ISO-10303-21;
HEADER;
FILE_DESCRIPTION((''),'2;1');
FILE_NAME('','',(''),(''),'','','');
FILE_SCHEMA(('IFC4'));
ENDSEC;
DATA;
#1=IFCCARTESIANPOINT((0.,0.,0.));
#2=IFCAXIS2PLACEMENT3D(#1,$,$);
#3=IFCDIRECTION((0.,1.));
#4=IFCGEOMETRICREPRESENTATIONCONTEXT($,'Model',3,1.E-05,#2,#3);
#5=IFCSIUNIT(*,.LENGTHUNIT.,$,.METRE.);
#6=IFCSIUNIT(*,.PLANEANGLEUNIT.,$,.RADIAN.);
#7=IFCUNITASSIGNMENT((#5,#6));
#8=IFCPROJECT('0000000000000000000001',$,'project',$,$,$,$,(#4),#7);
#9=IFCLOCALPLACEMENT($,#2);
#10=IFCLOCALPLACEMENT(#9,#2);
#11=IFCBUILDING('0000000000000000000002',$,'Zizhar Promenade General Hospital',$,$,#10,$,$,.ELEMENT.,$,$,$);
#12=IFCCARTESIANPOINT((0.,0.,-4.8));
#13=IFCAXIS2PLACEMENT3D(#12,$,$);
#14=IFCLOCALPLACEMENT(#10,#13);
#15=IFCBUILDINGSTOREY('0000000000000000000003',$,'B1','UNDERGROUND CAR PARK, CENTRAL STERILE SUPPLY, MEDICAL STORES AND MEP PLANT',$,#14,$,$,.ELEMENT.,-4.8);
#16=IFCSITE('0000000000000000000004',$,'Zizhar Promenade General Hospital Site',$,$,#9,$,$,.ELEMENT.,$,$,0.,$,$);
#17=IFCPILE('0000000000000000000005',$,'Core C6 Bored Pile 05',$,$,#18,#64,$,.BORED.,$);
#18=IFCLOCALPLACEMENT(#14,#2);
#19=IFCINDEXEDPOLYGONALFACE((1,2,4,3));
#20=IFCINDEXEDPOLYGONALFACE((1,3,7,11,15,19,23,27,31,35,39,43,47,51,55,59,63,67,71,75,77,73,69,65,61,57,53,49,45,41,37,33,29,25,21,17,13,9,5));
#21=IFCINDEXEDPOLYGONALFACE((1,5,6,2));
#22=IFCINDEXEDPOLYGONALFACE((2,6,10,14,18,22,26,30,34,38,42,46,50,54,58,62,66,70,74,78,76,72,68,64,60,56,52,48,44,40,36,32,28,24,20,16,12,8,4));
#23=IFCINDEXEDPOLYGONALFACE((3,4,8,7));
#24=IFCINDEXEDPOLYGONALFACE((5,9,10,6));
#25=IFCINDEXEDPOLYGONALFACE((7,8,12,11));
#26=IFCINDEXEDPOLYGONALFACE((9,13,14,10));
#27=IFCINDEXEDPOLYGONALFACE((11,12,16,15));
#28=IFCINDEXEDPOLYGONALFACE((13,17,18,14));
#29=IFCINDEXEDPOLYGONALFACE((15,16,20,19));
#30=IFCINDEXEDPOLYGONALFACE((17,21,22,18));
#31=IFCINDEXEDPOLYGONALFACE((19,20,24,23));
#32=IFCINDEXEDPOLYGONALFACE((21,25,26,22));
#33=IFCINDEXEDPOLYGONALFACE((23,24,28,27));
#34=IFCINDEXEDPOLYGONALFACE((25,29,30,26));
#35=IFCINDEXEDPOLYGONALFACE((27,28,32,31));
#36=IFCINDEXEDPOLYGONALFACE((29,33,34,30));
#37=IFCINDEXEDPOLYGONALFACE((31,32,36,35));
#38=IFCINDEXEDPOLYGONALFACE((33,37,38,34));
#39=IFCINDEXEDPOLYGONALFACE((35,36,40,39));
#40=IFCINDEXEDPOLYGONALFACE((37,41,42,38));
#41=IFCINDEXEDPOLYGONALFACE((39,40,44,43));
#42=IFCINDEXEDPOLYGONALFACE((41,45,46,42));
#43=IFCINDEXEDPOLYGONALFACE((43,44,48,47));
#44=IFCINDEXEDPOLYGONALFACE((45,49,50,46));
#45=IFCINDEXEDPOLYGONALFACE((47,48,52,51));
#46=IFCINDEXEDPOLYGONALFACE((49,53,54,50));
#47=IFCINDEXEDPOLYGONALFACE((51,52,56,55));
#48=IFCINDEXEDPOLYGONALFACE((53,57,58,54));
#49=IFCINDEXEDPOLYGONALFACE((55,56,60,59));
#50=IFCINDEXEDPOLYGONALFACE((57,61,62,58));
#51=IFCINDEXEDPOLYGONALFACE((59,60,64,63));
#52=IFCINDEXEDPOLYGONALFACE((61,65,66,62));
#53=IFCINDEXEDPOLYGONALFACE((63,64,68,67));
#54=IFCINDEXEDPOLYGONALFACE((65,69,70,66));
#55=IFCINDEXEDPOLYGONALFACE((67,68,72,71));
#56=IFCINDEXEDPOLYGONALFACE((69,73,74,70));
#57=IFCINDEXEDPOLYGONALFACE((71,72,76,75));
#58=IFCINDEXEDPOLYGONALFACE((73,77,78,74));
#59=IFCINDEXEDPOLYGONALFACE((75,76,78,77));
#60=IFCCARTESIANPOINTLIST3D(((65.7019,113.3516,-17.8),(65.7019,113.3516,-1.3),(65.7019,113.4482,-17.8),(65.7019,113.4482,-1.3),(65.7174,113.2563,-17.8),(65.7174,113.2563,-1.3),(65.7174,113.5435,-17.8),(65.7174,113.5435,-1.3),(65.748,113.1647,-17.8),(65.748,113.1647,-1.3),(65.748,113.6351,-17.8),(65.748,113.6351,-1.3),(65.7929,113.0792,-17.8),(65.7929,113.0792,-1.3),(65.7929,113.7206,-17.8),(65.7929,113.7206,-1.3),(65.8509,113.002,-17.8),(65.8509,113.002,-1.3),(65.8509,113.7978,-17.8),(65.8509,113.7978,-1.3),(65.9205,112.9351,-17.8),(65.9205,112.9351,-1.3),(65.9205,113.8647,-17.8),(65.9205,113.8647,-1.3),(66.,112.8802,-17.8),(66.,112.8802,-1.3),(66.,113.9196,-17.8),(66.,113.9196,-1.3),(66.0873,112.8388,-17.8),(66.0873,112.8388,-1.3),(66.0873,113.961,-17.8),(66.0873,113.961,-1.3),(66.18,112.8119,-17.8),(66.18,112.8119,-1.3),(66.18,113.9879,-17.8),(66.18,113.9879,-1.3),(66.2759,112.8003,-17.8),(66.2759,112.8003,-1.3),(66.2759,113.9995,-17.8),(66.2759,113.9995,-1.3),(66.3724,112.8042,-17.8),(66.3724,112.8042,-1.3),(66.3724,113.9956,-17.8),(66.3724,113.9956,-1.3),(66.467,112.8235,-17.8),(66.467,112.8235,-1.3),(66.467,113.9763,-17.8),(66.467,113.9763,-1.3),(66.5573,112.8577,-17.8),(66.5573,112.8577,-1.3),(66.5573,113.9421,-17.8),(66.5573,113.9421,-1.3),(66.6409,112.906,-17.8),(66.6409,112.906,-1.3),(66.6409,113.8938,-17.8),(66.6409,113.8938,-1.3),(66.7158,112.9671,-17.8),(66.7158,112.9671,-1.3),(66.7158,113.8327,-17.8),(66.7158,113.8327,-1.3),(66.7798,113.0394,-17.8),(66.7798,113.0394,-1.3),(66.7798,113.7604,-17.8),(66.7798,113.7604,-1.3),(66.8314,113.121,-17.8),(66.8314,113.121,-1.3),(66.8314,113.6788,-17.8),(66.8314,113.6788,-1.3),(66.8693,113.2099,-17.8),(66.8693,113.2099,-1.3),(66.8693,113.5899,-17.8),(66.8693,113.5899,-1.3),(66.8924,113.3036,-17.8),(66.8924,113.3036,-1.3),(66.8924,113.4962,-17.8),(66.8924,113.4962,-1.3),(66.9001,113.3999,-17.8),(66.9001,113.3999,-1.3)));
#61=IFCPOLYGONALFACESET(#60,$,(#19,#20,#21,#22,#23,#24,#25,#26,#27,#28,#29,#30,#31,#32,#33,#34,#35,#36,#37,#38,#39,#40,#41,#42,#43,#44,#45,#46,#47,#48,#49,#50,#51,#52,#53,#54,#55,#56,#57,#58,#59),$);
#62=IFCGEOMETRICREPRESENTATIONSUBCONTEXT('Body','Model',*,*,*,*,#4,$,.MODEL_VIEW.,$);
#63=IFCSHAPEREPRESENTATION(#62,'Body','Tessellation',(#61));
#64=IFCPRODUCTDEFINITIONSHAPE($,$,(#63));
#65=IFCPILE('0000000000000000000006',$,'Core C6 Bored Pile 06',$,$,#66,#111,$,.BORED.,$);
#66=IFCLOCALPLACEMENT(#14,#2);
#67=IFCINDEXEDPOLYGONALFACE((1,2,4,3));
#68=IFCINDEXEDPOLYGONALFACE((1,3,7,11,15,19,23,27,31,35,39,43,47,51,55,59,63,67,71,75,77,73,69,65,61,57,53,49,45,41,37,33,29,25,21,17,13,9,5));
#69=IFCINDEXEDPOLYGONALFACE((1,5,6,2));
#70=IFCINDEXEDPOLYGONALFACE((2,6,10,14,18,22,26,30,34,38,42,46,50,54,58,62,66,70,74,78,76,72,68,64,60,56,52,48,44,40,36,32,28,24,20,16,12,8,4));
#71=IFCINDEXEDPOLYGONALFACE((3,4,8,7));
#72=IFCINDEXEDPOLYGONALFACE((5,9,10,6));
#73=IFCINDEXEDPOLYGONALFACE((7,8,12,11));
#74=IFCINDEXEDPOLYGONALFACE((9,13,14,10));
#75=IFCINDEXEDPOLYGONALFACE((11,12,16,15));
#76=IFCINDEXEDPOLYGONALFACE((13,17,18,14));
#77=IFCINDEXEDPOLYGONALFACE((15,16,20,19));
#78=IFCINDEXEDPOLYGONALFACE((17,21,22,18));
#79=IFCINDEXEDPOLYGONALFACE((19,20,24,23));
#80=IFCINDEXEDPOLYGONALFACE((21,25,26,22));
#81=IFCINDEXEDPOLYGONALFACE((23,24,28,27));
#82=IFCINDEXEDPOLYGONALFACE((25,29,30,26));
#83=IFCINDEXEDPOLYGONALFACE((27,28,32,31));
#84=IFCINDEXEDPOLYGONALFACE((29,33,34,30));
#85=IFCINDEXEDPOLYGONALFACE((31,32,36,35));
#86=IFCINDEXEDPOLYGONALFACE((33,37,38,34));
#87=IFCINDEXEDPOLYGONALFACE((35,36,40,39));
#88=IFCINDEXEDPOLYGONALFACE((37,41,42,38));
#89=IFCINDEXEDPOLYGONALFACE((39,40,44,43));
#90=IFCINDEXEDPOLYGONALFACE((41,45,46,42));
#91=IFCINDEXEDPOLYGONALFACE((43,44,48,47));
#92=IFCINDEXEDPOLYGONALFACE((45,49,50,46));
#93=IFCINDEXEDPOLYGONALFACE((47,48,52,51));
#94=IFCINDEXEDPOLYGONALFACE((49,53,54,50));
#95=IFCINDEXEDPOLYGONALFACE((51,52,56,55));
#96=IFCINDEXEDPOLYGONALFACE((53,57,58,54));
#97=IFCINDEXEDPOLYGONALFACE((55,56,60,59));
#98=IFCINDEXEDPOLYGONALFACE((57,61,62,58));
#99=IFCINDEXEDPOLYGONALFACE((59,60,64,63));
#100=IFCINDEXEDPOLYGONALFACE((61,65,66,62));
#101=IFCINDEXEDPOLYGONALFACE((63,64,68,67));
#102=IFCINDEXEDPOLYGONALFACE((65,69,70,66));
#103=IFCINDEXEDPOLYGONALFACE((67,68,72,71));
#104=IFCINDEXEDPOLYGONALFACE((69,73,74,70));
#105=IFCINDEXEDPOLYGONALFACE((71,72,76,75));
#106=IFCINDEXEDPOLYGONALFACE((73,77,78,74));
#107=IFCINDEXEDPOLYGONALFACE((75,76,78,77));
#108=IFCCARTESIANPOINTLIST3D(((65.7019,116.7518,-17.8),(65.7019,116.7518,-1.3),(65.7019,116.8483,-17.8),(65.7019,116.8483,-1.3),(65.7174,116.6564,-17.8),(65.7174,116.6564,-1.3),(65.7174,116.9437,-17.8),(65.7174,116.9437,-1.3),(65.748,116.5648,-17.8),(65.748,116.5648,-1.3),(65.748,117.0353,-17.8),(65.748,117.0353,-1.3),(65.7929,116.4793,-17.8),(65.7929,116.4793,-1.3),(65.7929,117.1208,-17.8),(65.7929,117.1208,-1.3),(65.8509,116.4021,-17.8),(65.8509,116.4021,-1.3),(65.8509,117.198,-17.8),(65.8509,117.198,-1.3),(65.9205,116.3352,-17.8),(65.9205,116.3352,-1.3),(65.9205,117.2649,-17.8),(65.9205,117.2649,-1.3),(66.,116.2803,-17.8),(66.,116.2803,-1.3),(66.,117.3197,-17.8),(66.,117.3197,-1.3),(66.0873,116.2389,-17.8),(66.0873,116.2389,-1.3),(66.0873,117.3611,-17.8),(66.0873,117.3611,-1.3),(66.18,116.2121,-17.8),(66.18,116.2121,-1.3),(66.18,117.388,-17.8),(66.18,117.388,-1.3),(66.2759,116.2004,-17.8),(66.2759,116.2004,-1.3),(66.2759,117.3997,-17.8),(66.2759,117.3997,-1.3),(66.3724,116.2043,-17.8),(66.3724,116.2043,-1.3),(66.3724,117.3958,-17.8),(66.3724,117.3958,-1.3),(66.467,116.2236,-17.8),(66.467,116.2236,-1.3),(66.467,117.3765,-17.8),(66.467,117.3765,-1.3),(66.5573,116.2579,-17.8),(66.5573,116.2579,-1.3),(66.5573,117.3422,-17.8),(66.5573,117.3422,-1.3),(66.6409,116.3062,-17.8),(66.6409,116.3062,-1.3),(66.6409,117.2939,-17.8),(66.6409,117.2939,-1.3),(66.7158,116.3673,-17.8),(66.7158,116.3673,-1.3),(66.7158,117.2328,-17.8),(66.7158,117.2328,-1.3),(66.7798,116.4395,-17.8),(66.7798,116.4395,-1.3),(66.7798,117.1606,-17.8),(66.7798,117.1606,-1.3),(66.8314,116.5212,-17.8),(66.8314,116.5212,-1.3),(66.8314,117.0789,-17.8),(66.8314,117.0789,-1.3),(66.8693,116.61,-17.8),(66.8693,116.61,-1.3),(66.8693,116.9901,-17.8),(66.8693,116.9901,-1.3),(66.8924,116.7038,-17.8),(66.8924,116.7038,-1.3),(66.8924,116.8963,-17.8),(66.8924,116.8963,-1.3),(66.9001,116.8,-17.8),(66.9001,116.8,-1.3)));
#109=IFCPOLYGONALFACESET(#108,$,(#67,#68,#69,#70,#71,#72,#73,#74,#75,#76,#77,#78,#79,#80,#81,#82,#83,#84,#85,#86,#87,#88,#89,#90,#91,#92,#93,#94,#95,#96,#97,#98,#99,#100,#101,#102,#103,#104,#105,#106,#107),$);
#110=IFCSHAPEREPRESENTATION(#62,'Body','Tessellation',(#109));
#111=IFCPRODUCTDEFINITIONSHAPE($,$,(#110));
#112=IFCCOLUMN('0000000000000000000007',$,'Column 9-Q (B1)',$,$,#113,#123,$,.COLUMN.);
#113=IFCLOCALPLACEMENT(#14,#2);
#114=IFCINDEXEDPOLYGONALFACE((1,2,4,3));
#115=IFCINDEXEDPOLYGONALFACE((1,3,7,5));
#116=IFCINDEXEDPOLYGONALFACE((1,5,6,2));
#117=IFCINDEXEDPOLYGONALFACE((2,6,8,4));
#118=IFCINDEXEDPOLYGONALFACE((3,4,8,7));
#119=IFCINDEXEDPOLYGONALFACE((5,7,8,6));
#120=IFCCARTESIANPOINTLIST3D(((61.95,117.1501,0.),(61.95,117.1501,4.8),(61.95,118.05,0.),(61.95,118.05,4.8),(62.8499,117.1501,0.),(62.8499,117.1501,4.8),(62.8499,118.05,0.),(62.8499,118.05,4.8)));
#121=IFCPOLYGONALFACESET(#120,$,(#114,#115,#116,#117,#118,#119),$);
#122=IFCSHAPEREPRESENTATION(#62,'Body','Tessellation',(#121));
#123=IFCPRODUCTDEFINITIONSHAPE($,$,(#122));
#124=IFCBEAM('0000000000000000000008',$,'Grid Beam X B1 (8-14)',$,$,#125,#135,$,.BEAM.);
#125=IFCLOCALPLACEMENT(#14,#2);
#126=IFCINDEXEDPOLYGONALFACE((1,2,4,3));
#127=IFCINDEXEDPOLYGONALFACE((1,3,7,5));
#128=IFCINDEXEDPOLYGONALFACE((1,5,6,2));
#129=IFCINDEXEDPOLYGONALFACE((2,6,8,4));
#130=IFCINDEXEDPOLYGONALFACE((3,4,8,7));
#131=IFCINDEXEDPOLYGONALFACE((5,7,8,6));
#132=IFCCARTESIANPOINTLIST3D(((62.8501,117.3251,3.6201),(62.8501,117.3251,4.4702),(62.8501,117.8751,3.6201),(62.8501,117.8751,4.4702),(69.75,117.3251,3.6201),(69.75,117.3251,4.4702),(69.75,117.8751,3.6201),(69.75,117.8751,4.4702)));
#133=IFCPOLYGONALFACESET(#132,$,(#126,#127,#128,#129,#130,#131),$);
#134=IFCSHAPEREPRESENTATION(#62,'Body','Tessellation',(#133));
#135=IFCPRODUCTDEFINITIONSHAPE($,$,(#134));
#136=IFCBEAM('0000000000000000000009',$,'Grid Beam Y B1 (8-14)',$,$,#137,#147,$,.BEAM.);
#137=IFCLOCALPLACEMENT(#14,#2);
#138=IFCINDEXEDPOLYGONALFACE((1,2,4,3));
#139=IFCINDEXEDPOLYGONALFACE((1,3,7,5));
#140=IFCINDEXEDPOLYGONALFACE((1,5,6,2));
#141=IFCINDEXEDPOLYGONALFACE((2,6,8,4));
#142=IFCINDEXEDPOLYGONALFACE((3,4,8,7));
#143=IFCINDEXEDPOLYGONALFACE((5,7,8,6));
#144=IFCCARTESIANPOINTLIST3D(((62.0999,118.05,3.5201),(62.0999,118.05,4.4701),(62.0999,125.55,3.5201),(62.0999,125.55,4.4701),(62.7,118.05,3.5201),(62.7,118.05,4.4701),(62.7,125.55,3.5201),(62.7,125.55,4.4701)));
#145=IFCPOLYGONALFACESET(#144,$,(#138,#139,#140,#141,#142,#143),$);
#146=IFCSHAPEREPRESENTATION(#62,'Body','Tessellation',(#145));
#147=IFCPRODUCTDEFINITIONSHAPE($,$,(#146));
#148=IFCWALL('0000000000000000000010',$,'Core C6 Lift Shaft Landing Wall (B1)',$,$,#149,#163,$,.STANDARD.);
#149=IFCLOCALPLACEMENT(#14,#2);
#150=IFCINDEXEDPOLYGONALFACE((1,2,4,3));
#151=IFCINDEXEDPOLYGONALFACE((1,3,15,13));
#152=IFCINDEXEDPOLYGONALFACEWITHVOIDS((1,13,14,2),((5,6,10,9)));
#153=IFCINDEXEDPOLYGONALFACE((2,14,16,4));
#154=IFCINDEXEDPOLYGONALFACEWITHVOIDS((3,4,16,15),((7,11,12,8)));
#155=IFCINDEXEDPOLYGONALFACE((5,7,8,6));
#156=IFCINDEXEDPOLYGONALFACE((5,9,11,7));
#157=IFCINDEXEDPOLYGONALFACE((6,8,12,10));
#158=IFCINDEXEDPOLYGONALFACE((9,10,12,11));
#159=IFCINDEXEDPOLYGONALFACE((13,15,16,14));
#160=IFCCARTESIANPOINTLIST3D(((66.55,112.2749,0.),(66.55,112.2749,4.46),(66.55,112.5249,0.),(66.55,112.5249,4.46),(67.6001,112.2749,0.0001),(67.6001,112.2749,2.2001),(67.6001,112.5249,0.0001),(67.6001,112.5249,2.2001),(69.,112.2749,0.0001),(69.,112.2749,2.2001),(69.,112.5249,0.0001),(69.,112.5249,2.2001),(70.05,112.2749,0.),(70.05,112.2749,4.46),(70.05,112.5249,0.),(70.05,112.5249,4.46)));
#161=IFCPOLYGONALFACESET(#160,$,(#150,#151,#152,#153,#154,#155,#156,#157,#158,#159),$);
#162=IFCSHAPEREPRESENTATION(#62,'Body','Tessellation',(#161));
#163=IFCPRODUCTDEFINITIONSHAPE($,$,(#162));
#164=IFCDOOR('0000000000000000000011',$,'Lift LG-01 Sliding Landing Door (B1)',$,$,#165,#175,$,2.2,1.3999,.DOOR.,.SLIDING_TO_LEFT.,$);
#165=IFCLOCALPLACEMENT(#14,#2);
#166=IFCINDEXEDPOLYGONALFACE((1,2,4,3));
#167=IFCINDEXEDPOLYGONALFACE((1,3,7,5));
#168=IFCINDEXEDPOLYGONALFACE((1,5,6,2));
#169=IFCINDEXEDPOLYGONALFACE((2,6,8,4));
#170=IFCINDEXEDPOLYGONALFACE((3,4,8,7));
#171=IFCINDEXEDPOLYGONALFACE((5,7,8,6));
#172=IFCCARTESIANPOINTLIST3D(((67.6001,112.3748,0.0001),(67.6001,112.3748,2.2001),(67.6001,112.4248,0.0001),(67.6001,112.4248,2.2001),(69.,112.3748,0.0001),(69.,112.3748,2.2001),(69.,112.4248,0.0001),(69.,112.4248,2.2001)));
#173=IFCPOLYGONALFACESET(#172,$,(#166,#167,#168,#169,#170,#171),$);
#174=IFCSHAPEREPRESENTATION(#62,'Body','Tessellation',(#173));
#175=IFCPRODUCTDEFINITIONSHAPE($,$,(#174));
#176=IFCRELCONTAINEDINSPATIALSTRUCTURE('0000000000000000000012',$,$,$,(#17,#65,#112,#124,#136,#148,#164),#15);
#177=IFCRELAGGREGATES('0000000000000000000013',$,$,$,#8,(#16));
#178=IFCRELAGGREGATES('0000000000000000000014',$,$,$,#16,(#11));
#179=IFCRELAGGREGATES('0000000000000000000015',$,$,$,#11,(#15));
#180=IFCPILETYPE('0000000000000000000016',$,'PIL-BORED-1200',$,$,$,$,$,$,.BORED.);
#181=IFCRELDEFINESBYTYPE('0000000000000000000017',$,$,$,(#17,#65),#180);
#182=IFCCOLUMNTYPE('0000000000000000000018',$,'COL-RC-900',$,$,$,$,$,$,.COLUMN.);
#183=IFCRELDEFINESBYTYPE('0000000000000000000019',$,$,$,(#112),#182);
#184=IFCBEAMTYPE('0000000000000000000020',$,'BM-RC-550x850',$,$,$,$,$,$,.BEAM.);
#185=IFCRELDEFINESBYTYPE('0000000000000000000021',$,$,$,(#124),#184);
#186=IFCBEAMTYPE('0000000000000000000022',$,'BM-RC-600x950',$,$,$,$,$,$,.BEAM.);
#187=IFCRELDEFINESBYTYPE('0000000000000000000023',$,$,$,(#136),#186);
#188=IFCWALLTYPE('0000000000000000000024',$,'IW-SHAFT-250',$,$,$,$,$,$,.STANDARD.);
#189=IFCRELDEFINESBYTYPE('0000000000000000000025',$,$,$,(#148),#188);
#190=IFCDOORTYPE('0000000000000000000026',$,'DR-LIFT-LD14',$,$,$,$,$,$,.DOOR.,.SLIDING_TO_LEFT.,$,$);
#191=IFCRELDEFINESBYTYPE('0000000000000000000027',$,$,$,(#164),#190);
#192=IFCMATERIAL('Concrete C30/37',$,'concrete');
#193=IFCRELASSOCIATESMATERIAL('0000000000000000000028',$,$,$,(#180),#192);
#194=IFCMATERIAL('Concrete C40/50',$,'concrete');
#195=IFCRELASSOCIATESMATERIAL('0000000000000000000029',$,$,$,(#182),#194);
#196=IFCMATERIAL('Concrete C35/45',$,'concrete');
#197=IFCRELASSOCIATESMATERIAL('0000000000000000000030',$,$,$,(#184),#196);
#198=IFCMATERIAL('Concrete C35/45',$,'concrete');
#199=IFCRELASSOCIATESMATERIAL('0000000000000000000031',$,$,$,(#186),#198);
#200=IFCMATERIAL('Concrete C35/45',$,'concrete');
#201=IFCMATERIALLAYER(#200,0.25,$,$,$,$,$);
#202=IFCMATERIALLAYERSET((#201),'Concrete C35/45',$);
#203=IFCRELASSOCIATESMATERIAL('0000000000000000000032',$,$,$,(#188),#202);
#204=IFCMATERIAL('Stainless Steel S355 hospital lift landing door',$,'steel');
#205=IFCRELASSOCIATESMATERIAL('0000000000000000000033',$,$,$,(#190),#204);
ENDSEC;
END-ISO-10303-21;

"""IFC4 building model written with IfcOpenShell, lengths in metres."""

from ifc_helpers import new_model, si_unit, direction, frame, frame_2d, origin, origin_2d, place, context, subcontext, project, spatial, rectangle, circle, extrude, material, layer, layer_set, material_profile, profile_set, type_object, element, fill, save


model = new_model("IFC4")

# Units and contexts
model_context = context("Model", 3, precision=1e-05, world=origin(), true_north=direction((0.0, 1.0)))
body_context = subcontext(model_context, "Body", "Model", "MODEL_VIEW")
ifc_project = project(units=[si_unit("LENGTHUNIT", "METRE"), si_unit("PLANEANGLEUNIT", "RADIAN")], contexts=[model_context])

# Site, building, storey
site_placement = place(None, origin())
site = spatial("IfcSite", under=ifc_project, at=site_placement, Name="Zizhar Promenade General Hospital Site", CompositionType="ELEMENT", RefElevation=0.0)
building_placement = place(site_placement, origin())
building = spatial("IfcBuilding", under=site, at=building_placement, Name="Zizhar Promenade General Hospital", CompositionType="ELEMENT")
storey_placement = place(building_placement, frame((0.0, 0.0, -4.8)))
storey = spatial("IfcBuildingStorey", under=building, at=storey_placement, Name="B1", Description="UNDERGROUND CAR PARK, CENTRAL STERILE SUPPLY, MEDICAL STORES AND MEP PLANT", CompositionType="ELEMENT", Elevation=-4.8)

# Piles
ifc_material_1 = material(Name="Concrete C30/37", Category="concrete")
ifc_material_profile_1 = material_profile(ifc_material_1, circle(Radius=0.6001, at=origin_2d()))
ifc_profile_set_1 = profile_set([ifc_material_profile_1], Name="Concrete C30/37")
pile_type_1 = type_object("IfcPileType", Name="PIL-BORED-1200", PredefinedType="BORED", material=ifc_profile_set_1)
for number, where, z_axis, x_axis, name in (
    (1, (66.3, 113.3999, -1.3), (0.0, 0.0, -1.0), (1.0, 0.0, 0.0), "Core C6 Bored Pile 05"),
    (2, (66.3, 116.8, -1.3), (0.0, 0.0, -1.0), (1.0, 0.0, 0.0), "Core C6 Bored Pile 06"),
):
    element("IfcPile", number, at=place(storey_placement, frame(where, z_axis=z_axis, x_axis=x_axis)), inside=storey, type_object=pile_type_1, Name=name, PredefinedType="BORED", context=body_context, shape_type="SweptSolid", body=[
        extrude(circle(Radius=0.6001, at=origin_2d()), origin(), (0.0, 0.0, 1.0), 16.5),
    ])

# Column
ifc_material_2 = material(Name="Concrete C40/50", Category="concrete")
ifc_material_profile_2 = material_profile(ifc_material_2, rectangle(XDim=0.8999, YDim=0.8999, at=origin_2d()))
ifc_profile_set_2 = profile_set([ifc_material_profile_2], Name="Concrete C40/50")
column_type = type_object("IfcColumnType", Name="COL-RC-900", PredefinedType="COLUMN", material=ifc_profile_set_2)
column_placement = place(storey_placement, frame((62.3999, 117.6001, 0.0), z_axis=(0.0, 0.0, 1.0), x_axis=(1.0, 0.0, 0.0)))
element("IfcColumn", 3, at=column_placement, inside=storey, type_object=column_type, Name="Column 9-Q (B1)", PredefinedType="COLUMN", context=body_context, shape_type="SweptSolid", body=[
    extrude(rectangle(XDim=0.8999, YDim=0.8999, at=origin_2d()), origin(), (0.0, 0.0, 1.0), 4.8),
])

# Beams
ifc_material_3 = material(Name="Concrete C35/45", Category="concrete")
ifc_material_profile_3 = material_profile(ifc_material_3, rectangle(XDim=0.55, YDim=0.8501, at=origin_2d()))
ifc_profile_set_3 = profile_set([ifc_material_profile_3], Name="Concrete C35/45")
beam_type_1 = type_object("IfcBeamType", Name="BM-RC-550x850", PredefinedType="BEAM", material=ifc_profile_set_3)
beam_1_placement = place(storey_placement, frame((62.8501, 117.6001, 4.0452), z_axis=(1.0, 0.0, 0.0), x_axis=(0.0, 1.0, 0.0)))
element("IfcBeam", 4, at=beam_1_placement, inside=storey, type_object=beam_type_1, Name="Grid Beam X B1 (8-14)", PredefinedType="BEAM", context=body_context, shape_type="SweptSolid", body=[
    extrude(rectangle(XDim=0.55, YDim=0.8501, at=origin_2d()), origin(), (0.0, 0.0, 1.0), 6.8999),
])
ifc_material_4 = material(Name="Concrete C35/45", Category="concrete")
ifc_material_profile_4 = material_profile(ifc_material_4, rectangle(XDim=0.6001, YDim=0.95, at=origin_2d()))
ifc_profile_set_4 = profile_set([ifc_material_profile_4], Name="Concrete C35/45")
beam_type_2 = type_object("IfcBeamType", Name="BM-RC-600x950", PredefinedType="BEAM", material=ifc_profile_set_4)
beam_2_placement = place(storey_placement, frame((62.3999, 118.05, 3.9951), z_axis=(0.0, 1.0, 0.0), x_axis=(-1.0, 0.0, 0.0)))
element("IfcBeam", 5, at=beam_2_placement, inside=storey, type_object=beam_type_2, Name="Grid Beam Y B1 (8-14)", PredefinedType="BEAM", context=body_context, shape_type="SweptSolid", body=[
    extrude(rectangle(XDim=0.6001, YDim=0.95, at=origin_2d()), origin(), (0.0, 0.0, 1.0), 7.5),
])

# Wall, opening, door
ifc_material_5 = material(Name="Concrete C35/45", Category="concrete")
ifc_layer_1 = layer(ifc_material_5, 0.25)
ifc_layer_set_1 = layer_set([ifc_layer_1], Name="Concrete C35/45")
wall_type_1 = type_object("IfcWallType", Name="IW-SHAFT-250", PredefinedType="STANDARD", material=ifc_layer_set_1)
wall_1_placement = place(storey_placement, frame((66.55, 112.3999, 0.0), z_axis=(0.0, 0.0, 1.0), x_axis=(1.0, 0.0, 0.0)))
wall_1 = element("IfcWall", 6, at=wall_1_placement, inside=storey, type_object=wall_type_1, Name="Core C6 Lift Shaft Landing Wall (B1)", PredefinedType="STANDARD", context=body_context, shape_type="SweptSolid", body=[
    extrude(rectangle(XDim=3.5, YDim=0.25, at=frame_2d((1.75, 0.0))), origin(), (0.0, 0.0, 1.0), 4.46),
])
opening_placement = place(wall_1_placement, frame((1.05, 0.0, 0.0)))
opening = element("IfcOpeningElement", 7, at=opening_placement, cuts=wall_1, PredefinedType="OPENING", context=body_context, shape_type="SweptSolid", body=[
    extrude(rectangle(XDim=1.3999, YDim=2.2, at=frame_2d((0.7, 1.1001))), frame((0.0, 0.135, 0.0), z_axis=(0.0, -1.0, 0.0), x_axis=(1.0, 0.0, 0.0)), (0.0, 0.0, 1.0), 0.27),
])
ifc_material_6 = material(Name="Stainless Steel S355 hospital lift landing door", Category="steel")
door_type = type_object("IfcDoorType", Name="DR-LIFT-LD14", OperationType="SLIDING_TO_LEFT", PredefinedType="DOOR", material=ifc_material_6)
door_placement = place(opening_placement, origin())
door = element("IfcDoor", 8, at=door_placement, inside=storey, type_object=door_type, Name="Lift LG-01 Sliding Landing Door (B1)", OperationType="SLIDING_TO_LEFT", OverallHeight=2.2, OverallWidth=1.3999, PredefinedType="DOOR", context=body_context, shape_type="SweptSolid", body=[
    extrude(rectangle(XDim=1.3999, YDim=2.2, at=frame_2d((0.7, 1.1001))), frame((0.0, 0.0249, 0.0), z_axis=(0.0, -1.0, 0.0), x_axis=(1.0, 0.0, 0.0)), (0.0, 0.0, 1.0), 0.05),
])
fill(opening, door)

save(model, "model.ifc")
